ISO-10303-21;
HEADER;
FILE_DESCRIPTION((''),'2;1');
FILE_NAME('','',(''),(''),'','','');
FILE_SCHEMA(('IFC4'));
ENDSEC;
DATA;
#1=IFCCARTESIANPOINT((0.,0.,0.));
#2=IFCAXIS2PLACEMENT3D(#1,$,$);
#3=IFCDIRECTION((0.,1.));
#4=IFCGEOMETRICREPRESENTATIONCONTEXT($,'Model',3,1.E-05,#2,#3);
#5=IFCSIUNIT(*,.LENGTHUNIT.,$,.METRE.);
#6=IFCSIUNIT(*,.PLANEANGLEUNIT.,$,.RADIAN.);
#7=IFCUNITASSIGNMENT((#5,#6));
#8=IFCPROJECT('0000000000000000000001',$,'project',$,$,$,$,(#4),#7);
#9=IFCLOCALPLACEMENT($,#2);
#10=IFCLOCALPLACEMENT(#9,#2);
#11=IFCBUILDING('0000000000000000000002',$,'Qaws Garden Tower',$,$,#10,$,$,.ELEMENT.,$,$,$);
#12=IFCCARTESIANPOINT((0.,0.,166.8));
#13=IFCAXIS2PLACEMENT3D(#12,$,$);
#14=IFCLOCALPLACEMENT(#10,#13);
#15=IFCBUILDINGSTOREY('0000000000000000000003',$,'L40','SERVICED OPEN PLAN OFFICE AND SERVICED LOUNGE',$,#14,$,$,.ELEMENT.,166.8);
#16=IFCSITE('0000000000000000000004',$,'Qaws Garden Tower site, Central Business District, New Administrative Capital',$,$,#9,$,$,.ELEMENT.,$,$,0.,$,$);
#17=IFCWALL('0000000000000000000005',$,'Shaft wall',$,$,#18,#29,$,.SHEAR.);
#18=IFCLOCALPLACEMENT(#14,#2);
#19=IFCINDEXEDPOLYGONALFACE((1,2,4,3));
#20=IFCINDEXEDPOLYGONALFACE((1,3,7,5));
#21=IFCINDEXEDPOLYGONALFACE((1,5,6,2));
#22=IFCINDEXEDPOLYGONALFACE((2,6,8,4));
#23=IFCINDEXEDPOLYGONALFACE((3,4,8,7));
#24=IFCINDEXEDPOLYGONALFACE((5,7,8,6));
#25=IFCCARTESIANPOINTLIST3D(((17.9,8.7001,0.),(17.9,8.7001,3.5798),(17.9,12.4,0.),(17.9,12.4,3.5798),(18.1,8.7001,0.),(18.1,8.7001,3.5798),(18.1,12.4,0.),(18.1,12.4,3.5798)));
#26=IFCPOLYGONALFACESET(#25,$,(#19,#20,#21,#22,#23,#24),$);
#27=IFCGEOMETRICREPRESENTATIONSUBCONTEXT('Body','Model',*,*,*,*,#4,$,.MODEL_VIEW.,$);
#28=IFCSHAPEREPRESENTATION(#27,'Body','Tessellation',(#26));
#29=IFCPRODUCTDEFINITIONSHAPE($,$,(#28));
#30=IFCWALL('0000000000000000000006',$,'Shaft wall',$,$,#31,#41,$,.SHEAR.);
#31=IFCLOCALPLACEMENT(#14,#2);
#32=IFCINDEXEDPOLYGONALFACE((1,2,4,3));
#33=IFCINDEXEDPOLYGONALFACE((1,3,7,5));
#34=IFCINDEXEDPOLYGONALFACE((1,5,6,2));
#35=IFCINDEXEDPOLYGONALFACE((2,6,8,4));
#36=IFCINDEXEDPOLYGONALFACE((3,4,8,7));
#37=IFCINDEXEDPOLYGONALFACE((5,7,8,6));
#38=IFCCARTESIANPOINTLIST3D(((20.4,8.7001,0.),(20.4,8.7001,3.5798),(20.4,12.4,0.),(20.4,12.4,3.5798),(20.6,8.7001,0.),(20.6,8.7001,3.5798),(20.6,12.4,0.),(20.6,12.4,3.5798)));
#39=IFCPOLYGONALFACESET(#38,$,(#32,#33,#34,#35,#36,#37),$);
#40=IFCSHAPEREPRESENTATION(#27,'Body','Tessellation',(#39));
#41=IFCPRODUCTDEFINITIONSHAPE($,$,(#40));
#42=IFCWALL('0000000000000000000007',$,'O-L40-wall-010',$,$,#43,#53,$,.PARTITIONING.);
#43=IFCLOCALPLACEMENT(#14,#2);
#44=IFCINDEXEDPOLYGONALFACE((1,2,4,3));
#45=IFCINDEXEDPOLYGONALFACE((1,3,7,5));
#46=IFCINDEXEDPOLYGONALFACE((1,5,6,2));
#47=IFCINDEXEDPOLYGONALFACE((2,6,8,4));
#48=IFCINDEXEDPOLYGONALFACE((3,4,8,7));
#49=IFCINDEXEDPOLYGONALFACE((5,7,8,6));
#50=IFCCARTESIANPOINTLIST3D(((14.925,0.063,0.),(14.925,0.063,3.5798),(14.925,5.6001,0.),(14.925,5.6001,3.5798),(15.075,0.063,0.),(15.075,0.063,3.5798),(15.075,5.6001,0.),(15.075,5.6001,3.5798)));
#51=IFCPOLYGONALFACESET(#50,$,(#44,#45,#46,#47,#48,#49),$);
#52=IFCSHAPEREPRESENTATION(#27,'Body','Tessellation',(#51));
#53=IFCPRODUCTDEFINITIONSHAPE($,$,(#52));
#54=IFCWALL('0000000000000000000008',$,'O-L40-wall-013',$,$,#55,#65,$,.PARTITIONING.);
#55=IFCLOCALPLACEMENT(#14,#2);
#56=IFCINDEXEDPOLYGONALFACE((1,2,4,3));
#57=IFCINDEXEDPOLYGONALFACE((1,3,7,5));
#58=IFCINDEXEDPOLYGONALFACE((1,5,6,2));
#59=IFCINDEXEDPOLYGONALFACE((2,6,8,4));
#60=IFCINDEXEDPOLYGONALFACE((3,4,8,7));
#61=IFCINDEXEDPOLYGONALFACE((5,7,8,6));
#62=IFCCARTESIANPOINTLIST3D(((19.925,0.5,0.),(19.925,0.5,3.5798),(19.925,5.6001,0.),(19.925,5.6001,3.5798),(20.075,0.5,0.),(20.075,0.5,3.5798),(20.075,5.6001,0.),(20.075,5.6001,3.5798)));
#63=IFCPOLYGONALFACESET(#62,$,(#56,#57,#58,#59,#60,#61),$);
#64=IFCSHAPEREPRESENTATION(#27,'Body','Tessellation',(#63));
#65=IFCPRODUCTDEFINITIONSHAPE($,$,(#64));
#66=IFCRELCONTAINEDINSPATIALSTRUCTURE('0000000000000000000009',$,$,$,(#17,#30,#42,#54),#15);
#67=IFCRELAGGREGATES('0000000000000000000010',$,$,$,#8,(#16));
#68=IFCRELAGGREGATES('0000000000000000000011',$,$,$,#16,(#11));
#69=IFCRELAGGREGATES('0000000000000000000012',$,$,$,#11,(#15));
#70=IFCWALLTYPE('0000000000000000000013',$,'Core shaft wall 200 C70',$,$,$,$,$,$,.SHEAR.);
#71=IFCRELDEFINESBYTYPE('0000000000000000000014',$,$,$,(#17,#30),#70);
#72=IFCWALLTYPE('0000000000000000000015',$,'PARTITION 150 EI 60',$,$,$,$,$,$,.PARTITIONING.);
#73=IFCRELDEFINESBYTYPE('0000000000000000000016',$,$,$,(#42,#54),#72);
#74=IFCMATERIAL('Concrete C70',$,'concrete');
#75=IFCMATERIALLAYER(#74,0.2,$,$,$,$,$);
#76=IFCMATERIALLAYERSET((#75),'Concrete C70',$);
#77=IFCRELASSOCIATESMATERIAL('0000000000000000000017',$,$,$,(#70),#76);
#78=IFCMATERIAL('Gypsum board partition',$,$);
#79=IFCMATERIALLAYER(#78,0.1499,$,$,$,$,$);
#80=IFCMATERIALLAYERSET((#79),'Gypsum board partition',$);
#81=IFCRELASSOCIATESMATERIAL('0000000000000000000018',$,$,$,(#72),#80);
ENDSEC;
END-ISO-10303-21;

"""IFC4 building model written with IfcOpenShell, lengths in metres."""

from ifc_helpers import new_model, si_unit, direction, frame, frame_2d, origin, place, context, subcontext, project, spatial, rectangle, extrude, material, layer, layer_set, type_object, element, save


model = new_model("IFC4")

# Units and contexts
model_context = context("Model", 3, precision=1e-05, world=origin(), true_north=direction((0.0, 1.0)))
body_context = subcontext(model_context, "Body", "Model", "MODEL_VIEW")
ifc_project = project(units=[si_unit("LENGTHUNIT", "METRE"), si_unit("PLANEANGLEUNIT", "RADIAN")], contexts=[model_context])

# Site, building, storey
site_placement = place(None, origin())
site = spatial("IfcSite", under=ifc_project, at=site_placement, Name="Qaws Garden Tower site, Central Business District, New Administrative Capital", CompositionType="ELEMENT", RefElevation=0.0)
building_placement = place(site_placement, origin())
building = spatial("IfcBuilding", under=site, at=building_placement, Name="Qaws Garden Tower", CompositionType="ELEMENT")
storey_placement = place(building_placement, frame((0.0, 0.0, 166.8)))
storey = spatial("IfcBuildingStorey", under=building, at=storey_placement, Name="L40", Description="SERVICED OPEN PLAN OFFICE AND SERVICED LOUNGE", CompositionType="ELEMENT", Elevation=166.8)

# Shared definitions
ifc_material_1 = material(Name="Concrete C70", Category="concrete")
ifc_layer_1 = layer(ifc_material_1, 0.2)
ifc_layer_set_1 = layer_set([ifc_layer_1], Name="Concrete C70")
wall_type_1 = type_object("IfcWallType", Name="Core shaft wall 200 C70", PredefinedType="SHEAR", material=ifc_layer_set_1)

# Walls
for number, where, z_axis, x_axis, name in (
    (1, (18.0, 8.7, 0.0), (0.0, 0.0, 1.0), (0.0, 1.0, 0.0), "Shaft wall"),
    (2, (20.5, 8.7, 0.0), (0.0, 0.0, 1.0), (0.0, 1.0, 0.0), "Shaft wall"),
):
    element("IfcWall", number, at=place(storey_placement, frame(where, z_axis=z_axis, x_axis=x_axis)), inside=storey, type_object=wall_type_1, Name=name, PredefinedType="SHEAR", context=body_context, shape_type="SweptSolid", body=[
        extrude(rectangle(XDim=3.7, YDim=0.2, at=frame_2d((1.8501, 0.0))), origin(), (0.0, 0.0, 1.0), 3.5798),
    ])
ifc_material_2 = material(Name="Gypsum board partition")
ifc_layer_2 = layer(ifc_material_2, 0.1499)
ifc_layer_set_2 = layer_set([ifc_layer_2], Name="Gypsum board partition")
wall_type_2 = type_object("IfcWallType", Name="PARTITION 150 EI 60", PredefinedType="PARTITIONING", material=ifc_layer_set_2)
wall_1_placement = place(storey_placement, frame((15.0, 0.063, 0.0), z_axis=(0.0, 0.0, 1.0), x_axis=(0.0, 1.0, 0.0)))
element("IfcWall", 3, at=wall_1_placement, inside=storey, type_object=wall_type_2, Name="O-L40-wall-010", PredefinedType="PARTITIONING", context=body_context, shape_type="SweptSolid", body=[
    extrude(rectangle(XDim=5.5371, YDim=0.1499, at=frame_2d((2.7686, 0.0))), origin(), (0.0, 0.0, 1.0), 3.5798),
])
wall_2_placement = place(storey_placement, frame((20.0, 0.5, 0.0), z_axis=(0.0, 0.0, 1.0), x_axis=(0.0, 1.0, 0.0)))
element("IfcWall", 4, at=wall_2_placement, inside=storey, type_object=wall_type_2, Name="O-L40-wall-013", PredefinedType="PARTITIONING", context=body_context, shape_type="SweptSolid", body=[
    extrude(rectangle(XDim=5.1001, YDim=0.1499, at=frame_2d((2.55, 0.0))), origin(), (0.0, 0.0, 1.0), 3.5798),
])

save(model, "model.ifc")
